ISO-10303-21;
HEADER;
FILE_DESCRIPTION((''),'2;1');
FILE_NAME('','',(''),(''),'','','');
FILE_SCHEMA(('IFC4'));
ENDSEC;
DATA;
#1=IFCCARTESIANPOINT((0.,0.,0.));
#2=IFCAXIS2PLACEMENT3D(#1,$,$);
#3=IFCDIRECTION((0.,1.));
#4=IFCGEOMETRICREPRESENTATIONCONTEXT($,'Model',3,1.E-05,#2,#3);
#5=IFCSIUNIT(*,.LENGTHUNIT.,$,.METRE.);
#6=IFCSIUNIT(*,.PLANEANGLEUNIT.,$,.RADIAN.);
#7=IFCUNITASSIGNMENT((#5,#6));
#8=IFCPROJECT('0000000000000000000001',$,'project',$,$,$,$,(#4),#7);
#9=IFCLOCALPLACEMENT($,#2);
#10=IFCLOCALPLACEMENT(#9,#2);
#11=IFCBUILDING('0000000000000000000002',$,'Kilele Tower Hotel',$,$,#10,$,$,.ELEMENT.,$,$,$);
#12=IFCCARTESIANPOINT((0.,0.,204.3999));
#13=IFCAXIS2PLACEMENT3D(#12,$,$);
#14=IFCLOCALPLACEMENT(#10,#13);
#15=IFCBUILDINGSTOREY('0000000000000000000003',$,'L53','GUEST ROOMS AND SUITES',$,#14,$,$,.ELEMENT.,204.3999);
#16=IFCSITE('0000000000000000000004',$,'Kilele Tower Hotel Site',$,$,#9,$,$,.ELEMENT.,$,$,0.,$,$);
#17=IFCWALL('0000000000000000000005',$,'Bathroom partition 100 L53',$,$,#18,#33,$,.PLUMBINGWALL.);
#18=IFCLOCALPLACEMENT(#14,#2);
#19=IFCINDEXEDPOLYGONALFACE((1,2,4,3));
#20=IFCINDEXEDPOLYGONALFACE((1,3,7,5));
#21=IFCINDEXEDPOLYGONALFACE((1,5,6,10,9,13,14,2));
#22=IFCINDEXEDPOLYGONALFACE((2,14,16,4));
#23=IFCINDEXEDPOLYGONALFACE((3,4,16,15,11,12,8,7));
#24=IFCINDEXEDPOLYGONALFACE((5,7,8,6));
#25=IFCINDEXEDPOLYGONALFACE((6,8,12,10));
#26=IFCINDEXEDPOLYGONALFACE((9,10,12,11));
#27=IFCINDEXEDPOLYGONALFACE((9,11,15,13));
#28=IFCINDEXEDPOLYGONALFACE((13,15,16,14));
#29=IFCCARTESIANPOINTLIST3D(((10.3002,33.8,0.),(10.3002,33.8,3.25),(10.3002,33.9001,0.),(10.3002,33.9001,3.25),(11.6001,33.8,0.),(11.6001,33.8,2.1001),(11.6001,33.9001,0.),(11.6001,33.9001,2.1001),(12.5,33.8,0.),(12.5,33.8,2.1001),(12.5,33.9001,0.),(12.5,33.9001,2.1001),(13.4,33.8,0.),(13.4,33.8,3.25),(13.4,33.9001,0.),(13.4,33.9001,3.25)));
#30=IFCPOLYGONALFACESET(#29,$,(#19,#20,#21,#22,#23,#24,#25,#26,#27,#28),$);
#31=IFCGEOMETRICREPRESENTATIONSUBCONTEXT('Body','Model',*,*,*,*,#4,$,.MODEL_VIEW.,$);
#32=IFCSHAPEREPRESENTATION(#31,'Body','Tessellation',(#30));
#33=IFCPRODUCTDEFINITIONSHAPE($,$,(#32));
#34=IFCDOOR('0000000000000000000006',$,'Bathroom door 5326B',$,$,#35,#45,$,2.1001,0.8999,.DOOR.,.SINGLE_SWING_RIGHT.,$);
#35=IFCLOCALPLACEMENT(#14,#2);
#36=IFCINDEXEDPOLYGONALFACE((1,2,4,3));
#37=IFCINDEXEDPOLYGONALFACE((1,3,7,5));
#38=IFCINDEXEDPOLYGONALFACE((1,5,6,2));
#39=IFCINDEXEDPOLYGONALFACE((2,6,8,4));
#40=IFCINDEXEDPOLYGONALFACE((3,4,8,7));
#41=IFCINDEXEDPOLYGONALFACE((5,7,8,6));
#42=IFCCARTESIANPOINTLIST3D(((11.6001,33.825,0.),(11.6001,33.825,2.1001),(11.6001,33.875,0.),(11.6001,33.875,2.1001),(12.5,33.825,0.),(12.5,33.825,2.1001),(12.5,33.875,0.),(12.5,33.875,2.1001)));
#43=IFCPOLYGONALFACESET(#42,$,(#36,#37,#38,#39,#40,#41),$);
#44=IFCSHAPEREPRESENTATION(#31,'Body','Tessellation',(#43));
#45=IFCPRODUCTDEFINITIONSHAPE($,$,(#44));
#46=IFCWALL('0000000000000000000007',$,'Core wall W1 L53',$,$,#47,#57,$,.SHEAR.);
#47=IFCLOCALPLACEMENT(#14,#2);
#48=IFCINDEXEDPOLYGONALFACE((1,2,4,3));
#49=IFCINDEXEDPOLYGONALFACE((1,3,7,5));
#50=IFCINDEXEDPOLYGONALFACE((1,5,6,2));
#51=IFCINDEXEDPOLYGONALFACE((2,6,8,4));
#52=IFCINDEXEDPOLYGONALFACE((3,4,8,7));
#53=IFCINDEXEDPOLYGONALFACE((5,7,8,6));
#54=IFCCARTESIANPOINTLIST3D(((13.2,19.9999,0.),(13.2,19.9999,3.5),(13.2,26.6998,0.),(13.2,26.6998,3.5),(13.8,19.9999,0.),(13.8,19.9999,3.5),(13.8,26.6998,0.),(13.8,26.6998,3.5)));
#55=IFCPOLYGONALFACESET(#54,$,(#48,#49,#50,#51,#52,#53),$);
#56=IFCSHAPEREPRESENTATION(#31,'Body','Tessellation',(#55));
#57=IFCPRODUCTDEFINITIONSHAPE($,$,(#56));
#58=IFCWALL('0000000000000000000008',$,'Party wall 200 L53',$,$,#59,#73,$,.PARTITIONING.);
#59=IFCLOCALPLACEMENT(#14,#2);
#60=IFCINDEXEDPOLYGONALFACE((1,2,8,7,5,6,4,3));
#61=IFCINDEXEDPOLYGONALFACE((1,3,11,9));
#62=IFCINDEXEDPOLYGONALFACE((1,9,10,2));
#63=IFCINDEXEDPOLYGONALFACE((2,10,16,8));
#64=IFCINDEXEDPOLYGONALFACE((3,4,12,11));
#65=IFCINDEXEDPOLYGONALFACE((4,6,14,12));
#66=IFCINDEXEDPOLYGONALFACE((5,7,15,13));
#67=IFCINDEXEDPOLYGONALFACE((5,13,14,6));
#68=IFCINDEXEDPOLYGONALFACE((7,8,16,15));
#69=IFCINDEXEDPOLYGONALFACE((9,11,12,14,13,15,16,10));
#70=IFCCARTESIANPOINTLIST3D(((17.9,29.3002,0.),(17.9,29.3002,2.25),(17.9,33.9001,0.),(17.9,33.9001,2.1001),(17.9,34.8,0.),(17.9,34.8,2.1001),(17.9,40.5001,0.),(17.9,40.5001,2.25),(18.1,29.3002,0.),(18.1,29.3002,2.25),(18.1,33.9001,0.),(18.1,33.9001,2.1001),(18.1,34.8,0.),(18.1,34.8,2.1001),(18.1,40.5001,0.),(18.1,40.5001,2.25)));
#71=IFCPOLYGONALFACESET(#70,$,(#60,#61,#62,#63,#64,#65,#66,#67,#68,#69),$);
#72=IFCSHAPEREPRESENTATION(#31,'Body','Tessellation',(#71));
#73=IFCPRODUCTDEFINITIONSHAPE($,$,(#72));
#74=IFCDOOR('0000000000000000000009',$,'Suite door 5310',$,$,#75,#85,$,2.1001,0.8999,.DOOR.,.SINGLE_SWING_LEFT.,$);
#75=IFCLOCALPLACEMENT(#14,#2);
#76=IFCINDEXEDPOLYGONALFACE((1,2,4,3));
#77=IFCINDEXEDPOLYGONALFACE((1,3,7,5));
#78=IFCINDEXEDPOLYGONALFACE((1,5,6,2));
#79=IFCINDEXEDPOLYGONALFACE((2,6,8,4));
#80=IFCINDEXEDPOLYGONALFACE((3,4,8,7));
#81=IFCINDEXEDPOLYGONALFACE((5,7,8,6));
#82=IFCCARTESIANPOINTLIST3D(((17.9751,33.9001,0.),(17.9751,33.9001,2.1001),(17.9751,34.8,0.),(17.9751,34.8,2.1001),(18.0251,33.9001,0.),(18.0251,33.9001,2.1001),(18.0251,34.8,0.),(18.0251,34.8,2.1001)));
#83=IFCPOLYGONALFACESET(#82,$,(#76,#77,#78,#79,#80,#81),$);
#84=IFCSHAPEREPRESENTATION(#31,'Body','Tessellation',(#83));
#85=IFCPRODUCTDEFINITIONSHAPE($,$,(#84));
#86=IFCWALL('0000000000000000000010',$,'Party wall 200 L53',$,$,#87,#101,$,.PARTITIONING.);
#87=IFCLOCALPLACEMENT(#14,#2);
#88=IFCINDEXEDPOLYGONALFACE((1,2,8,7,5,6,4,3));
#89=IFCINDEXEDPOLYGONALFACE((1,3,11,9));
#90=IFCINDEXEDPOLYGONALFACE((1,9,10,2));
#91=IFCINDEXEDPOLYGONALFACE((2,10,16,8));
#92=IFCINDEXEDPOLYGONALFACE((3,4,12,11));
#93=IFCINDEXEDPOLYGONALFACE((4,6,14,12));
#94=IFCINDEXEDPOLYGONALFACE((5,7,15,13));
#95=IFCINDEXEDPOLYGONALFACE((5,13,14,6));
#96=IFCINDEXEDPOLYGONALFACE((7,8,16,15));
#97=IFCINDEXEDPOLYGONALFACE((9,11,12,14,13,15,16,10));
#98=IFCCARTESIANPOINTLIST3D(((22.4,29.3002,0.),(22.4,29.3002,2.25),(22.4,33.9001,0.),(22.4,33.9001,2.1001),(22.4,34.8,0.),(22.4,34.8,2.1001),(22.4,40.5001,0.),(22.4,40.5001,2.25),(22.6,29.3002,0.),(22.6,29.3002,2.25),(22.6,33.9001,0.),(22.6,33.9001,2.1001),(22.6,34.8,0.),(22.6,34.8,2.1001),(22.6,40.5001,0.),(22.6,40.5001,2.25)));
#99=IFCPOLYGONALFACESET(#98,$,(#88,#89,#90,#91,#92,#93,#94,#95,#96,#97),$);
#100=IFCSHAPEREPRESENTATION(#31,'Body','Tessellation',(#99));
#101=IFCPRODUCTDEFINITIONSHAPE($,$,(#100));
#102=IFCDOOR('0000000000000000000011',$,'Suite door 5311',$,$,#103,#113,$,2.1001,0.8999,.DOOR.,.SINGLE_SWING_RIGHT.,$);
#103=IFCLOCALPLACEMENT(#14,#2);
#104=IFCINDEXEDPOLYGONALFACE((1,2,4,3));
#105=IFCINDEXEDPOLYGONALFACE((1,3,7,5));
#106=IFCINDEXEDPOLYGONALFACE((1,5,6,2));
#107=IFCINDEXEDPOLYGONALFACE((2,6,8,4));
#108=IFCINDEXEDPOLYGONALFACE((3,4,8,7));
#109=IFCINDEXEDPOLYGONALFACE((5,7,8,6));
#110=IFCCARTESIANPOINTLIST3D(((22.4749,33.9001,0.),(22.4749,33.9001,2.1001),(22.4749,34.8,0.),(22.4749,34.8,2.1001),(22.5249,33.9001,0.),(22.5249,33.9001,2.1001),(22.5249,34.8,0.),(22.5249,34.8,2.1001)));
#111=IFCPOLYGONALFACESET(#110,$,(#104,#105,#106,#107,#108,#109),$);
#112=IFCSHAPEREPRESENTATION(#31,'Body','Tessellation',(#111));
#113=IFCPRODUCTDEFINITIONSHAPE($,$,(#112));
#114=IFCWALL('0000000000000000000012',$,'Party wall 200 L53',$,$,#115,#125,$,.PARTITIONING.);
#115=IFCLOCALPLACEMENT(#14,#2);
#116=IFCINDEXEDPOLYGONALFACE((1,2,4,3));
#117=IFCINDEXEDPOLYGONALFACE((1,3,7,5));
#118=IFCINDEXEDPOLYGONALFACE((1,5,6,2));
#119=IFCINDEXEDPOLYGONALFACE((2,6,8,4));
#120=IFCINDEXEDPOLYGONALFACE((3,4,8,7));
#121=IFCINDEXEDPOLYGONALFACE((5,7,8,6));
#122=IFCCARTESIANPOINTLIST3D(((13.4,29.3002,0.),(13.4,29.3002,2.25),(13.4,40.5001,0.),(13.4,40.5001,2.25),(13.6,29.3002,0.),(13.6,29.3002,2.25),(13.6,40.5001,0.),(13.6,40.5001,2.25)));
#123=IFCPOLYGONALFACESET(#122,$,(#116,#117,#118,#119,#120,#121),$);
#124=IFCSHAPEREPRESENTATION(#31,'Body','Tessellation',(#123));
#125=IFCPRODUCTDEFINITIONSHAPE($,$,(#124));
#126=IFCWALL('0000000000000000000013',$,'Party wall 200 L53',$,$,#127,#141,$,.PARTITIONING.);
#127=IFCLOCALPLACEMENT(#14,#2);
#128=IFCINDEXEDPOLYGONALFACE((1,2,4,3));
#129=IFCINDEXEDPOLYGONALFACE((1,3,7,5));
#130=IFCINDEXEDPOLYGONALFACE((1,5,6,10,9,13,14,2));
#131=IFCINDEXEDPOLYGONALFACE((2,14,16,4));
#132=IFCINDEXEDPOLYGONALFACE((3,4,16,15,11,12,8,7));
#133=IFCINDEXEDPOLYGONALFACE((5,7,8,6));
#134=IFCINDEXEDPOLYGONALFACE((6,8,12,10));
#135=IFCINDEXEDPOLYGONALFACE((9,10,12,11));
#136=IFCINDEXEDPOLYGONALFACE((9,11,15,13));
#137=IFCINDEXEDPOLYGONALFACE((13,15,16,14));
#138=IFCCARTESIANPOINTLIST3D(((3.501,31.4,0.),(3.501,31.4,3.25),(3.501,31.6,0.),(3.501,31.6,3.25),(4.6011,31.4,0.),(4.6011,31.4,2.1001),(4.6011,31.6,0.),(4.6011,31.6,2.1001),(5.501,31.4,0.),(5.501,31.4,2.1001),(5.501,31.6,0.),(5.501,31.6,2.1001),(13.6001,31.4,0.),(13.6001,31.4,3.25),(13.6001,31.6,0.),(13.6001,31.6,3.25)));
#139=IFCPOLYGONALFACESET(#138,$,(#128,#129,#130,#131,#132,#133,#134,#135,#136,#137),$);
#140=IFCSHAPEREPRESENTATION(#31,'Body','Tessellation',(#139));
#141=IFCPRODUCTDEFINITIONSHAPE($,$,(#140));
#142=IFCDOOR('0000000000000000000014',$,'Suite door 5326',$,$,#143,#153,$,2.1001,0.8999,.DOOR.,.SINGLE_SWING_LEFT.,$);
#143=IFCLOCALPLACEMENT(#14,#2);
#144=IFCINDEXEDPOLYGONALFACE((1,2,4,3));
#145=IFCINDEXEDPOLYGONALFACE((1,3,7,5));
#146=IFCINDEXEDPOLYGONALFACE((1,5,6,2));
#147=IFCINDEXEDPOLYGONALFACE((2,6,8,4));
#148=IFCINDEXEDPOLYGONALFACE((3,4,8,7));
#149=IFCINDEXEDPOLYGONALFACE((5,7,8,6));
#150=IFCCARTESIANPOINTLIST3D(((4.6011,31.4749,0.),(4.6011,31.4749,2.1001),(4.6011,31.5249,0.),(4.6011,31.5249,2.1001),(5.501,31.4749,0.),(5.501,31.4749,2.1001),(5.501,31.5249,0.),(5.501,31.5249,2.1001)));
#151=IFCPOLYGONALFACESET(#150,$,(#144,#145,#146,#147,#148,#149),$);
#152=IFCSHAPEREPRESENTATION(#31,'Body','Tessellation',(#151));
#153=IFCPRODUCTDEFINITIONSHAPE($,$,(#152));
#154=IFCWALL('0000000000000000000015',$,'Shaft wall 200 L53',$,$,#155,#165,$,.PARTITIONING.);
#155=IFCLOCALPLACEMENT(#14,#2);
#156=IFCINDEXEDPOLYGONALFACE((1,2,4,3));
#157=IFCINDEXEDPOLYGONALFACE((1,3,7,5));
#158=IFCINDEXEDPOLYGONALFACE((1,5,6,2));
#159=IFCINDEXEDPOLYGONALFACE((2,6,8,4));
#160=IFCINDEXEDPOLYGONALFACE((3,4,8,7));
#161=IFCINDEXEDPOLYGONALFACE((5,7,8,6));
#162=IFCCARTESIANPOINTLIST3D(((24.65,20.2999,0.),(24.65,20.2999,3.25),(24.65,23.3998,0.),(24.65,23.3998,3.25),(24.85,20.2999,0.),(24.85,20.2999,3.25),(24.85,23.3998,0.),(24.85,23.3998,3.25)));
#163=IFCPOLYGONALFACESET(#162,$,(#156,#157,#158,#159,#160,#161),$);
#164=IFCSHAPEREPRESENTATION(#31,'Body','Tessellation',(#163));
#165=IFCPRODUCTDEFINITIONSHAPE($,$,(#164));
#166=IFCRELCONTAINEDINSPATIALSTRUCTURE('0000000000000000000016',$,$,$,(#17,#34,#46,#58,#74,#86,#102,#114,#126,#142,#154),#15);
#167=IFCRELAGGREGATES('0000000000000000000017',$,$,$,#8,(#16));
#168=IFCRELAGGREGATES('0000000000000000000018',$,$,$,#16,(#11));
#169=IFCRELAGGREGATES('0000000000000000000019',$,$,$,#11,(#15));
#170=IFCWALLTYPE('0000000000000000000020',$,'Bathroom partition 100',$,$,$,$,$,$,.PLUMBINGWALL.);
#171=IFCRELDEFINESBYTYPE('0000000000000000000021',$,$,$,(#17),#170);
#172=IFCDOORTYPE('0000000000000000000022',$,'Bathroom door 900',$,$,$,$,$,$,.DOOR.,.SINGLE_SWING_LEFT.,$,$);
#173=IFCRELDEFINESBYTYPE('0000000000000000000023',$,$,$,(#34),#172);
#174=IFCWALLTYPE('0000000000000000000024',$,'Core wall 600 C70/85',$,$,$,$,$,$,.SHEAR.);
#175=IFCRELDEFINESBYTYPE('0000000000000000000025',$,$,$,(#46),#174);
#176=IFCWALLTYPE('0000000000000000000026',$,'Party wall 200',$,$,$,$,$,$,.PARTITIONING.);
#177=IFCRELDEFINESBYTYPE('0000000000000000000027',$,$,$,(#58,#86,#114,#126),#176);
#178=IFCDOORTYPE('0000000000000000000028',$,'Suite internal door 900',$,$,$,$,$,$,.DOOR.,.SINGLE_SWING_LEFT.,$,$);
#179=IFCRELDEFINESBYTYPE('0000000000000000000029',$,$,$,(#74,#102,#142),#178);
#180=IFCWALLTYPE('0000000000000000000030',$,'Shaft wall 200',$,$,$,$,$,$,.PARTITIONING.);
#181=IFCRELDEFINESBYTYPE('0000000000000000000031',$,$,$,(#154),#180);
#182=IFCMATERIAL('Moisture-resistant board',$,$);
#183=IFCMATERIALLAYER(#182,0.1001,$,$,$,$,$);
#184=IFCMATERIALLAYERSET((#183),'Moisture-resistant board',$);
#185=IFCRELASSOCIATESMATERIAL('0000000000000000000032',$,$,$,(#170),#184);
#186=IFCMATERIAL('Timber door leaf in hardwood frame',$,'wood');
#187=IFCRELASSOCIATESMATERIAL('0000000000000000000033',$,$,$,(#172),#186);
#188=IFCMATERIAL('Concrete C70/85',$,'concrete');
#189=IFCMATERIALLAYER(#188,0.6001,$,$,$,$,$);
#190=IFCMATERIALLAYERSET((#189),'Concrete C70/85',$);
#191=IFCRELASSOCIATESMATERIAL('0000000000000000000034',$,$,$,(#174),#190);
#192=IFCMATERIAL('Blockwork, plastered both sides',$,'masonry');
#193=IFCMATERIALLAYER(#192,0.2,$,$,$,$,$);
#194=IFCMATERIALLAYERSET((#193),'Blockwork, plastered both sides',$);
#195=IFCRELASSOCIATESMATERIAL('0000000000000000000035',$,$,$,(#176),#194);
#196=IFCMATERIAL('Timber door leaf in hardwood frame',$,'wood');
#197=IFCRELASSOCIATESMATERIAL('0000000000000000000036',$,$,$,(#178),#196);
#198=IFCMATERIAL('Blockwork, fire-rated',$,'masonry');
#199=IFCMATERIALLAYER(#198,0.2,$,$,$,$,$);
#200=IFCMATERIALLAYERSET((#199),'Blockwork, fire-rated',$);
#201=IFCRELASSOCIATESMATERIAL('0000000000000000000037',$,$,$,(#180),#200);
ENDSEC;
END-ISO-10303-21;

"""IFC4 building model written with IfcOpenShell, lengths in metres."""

from ifc_helpers import new_model, si_unit, direction, frame, frame_2d, origin, place, context, subcontext, project, spatial, rectangle, extrude, material, layer, layer_set, type_object, element, fill, save


model = new_model("IFC4")

# Units and contexts
model_context = context("Model", 3, precision=1e-05, world=origin(), true_north=direction((0.0, 1.0)))
body_context = subcontext(model_context, "Body", "Model", "MODEL_VIEW")
ifc_project = project(units=[si_unit("LENGTHUNIT", "METRE"), si_unit("PLANEANGLEUNIT", "RADIAN")], contexts=[model_context])

# Site, building, storey
site_placement = place(None, origin())
site = spatial("IfcSite", under=ifc_project, at=site_placement, Name="Kilele Tower Hotel Site", CompositionType="ELEMENT", RefElevation=0.0)
building_placement = place(site_placement, origin())
building = spatial("IfcBuilding", under=site, at=building_placement, Name="Kilele Tower Hotel", CompositionType="ELEMENT")
storey_placement = place(building_placement, frame((0.0, 0.0, 204.3999)))
storey = spatial("IfcBuildingStorey", under=building, at=storey_placement, Name="L53", Description="GUEST ROOMS AND SUITES", CompositionType="ELEMENT", Elevation=204.3999)

# Shared definitions
ifc_material_1 = material(Name="Moisture-resistant board")
ifc_layer_1 = layer(ifc_material_1, 0.1001)
ifc_layer_set_1 = layer_set([ifc_layer_1], Name="Moisture-resistant board")
wall_type_1 = type_object("IfcWallType", Name="Bathroom partition 100", PredefinedType="PLUMBINGWALL", material=ifc_layer_set_1)

# Shared definitions
ifc_material_2 = material(Name="Timber door leaf in hardwood frame", Category="wood")
door_type_1 = type_object("IfcDoorType", Name="Bathroom door 900", OperationType="SINGLE_SWING_LEFT", PredefinedType="DOOR", material=ifc_material_2)

# Wall, opening, door
wall_1_placement = place(storey_placement, frame((13.3999, 33.8501, 0.0), z_axis=(0.0, 0.0, 1.0), x_axis=(-1.0, 0.0, 0.0)))
wall_1 = element("IfcWall", 1, at=wall_1_placement, inside=storey, type_object=wall_type_1, Name="Bathroom partition 100 L53", PredefinedType="PLUMBINGWALL", context=body_context, shape_type="SweptSolid", body=[
    extrude(rectangle(XDim=3.0999, YDim=0.1001, at=frame_2d((1.5498, 0.0))), origin(), (0.0, 0.0, 1.0), 3.25),
])
opening_1_placement = place(wall_1_placement, frame((1.7998, 0.0, 0.0), z_axis=(0.0, 0.0, 1.0), x_axis=(-1.0, 0.0, 0.0)))
opening_1 = element("IfcOpeningElement", 2, at=opening_1_placement, cuts=wall_1, PredefinedType="OPENING", context=body_context, shape_type="SweptSolid", body=[
    extrude(rectangle(XDim=0.8999, YDim=2.1001, at=frame_2d((0.45, 1.05))), frame((0.0, 0.0601, 0.0), z_axis=(0.0, -1.0, 0.0), x_axis=(1.0, 0.0, 0.0)), (0.0, 0.0, 1.0), 0.1201),
])
door_1_placement = place(opening_1_placement, origin())
door_1 = element("IfcDoor", 3, at=door_1_placement, inside=storey, type_object=door_type_1, Name="Bathroom door 5326B", OperationType="SINGLE_SWING_RIGHT", OverallHeight=2.1001, OverallWidth=0.8999, PredefinedType="DOOR", context=body_context, shape_type="SweptSolid", body=[
    extrude(rectangle(XDim=0.8999, YDim=2.1001, at=frame_2d((0.45, 1.05))), frame((0.0, 0.0249, 0.0), z_axis=(0.0, -1.0, 0.0), x_axis=(1.0, 0.0, 0.0)), (0.0, 0.0, 1.0), 0.05),
])
fill(opening_1, door_1)

# Wall
ifc_material_3 = material(Name="Concrete C70/85", Category="concrete")
ifc_layer_2 = layer(ifc_material_3, 0.6001)
ifc_layer_set_2 = layer_set([ifc_layer_2], Name="Concrete C70/85")
wall_type_2 = type_object("IfcWallType", Name="Core wall 600 C70/85", PredefinedType="SHEAR", material=ifc_layer_set_2)
wall_2_placement = place(storey_placement, frame((13.5, 26.7, 0.0), z_axis=(0.0, 0.0, 1.0), x_axis=(0.0, -1.0, 0.0)))
element("IfcWall", 4, at=wall_2_placement, inside=storey, type_object=wall_type_2, Name="Core wall W1 L53", PredefinedType="SHEAR", context=body_context, shape_type="SweptSolid", body=[
    extrude(rectangle(XDim=6.7, YDim=0.6001, at=frame_2d((3.3501, 0.0))), origin(), (0.0, 0.0, 1.0), 3.5),
])

# Walls, openings, doors
ifc_material_4 = material(Name="Blockwork, plastered both sides", Category="masonry")
ifc_layer_3 = layer(ifc_material_4, 0.2)
ifc_layer_set_3 = layer_set([ifc_layer_3], Name="Blockwork, plastered both sides")
wall_type_3 = type_object("IfcWallType", Name="Party wall 200", PredefinedType="PARTITIONING", material=ifc_layer_set_3)
wall_3_placement = place(storey_placement, frame((18.0, 29.3, 0.0), z_axis=(0.0, 0.0, 1.0), x_axis=(0.0, 1.0, 0.0)))
wall_3 = element("IfcWall", 5, at=wall_3_placement, inside=storey, type_object=wall_type_3, Name="Party wall 200 L53", PredefinedType="PARTITIONING", context=body_context, shape_type="SweptSolid", body=[
    extrude(rectangle(XDim=11.2, YDim=0.2, at=frame_2d((5.6001, 0.0))), origin(), (0.0, 0.0, 1.0), 2.25),
])
opening_2_placement = place(wall_3_placement, frame((4.6001, 0.0, 0.0)))
opening_2 = element("IfcOpeningElement", 6, at=opening_2_placement, cuts=wall_3, PredefinedType="OPENING", context=body_context, shape_type="SweptSolid", body=[
    extrude(rectangle(XDim=0.8999, YDim=2.1001, at=frame_2d((0.45, 1.05))), frame((0.0, 0.1099, 0.0), z_axis=(0.0, -1.0, 0.0), x_axis=(1.0, 0.0, 0.0)), (0.0, 0.0, 1.0), 0.22),
])
ifc_material_5 = material(Name="Timber door leaf in hardwood frame", Category="wood")
door_type_2 = type_object("IfcDoorType", Name="Suite internal door 900", OperationType="SINGLE_SWING_LEFT", PredefinedType="DOOR", material=ifc_material_5)
door_2_placement = place(opening_2_placement, origin())
door_2 = element("IfcDoor", 7, at=door_2_placement, inside=storey, type_object=door_type_2, Name="Suite door 5310", OperationType="SINGLE_SWING_LEFT", OverallHeight=2.1001, OverallWidth=0.8999, PredefinedType="DOOR", context=body_context, shape_type="SweptSolid", body=[
    extrude(rectangle(XDim=0.8999, YDim=2.1001, at=frame_2d((0.45, 1.05))), frame((0.0, 0.0249, 0.0), z_axis=(0.0, -1.0, 0.0), x_axis=(1.0, 0.0, 0.0)), (0.0, 0.0, 1.0), 0.05),
])
fill(opening_2, door_2)
wall_4_placement = place(storey_placement, frame((22.5, 29.3, 0.0), z_axis=(0.0, 0.0, 1.0), x_axis=(0.0, 1.0, 0.0)))
wall_4 = element("IfcWall", 8, at=wall_4_placement, inside=storey, type_object=wall_type_3, Name="Party wall 200 L53", PredefinedType="PARTITIONING", context=body_context, shape_type="SweptSolid", body=[
    extrude(rectangle(XDim=11.2, YDim=0.2, at=frame_2d((5.6001, 0.0))), origin(), (0.0, 0.0, 1.0), 2.25),
])
opening_3_placement = place(wall_4_placement, frame((5.5, 0.0, 0.0), z_axis=(0.0, 0.0, 1.0), x_axis=(-1.0, 0.0, 0.0)))
opening_3 = element("IfcOpeningElement", 9, at=opening_3_placement, cuts=wall_4, PredefinedType="OPENING", context=body_context, shape_type="SweptSolid", body=[
    extrude(rectangle(XDim=0.8999, YDim=2.1001, at=frame_2d((0.45, 1.05))), frame((0.0, 0.1099, 0.0), z_axis=(0.0, -1.0, 0.0), x_axis=(1.0, 0.0, 0.0)), (0.0, 0.0, 1.0), 0.22),
])
door_3_placement = place(opening_3_placement, origin())
door_3 = element("IfcDoor", 10, at=door_3_placement, inside=storey, type_object=door_type_2, Name="Suite door 5311", OperationType="SINGLE_SWING_RIGHT", OverallHeight=2.1001, OverallWidth=0.8999, PredefinedType="DOOR", context=body_context, shape_type="SweptSolid", body=[
    extrude(rectangle(XDim=0.8999, YDim=2.1001, at=frame_2d((0.45, 1.05))), frame((0.0, 0.0249, 0.0), z_axis=(0.0, -1.0, 0.0), x_axis=(1.0, 0.0, 0.0)), (0.0, 0.0, 1.0), 0.05),
])
fill(opening_3, door_3)

# Wall
wall_5_placement = place(storey_placement, frame((13.5, 29.3, 0.0), z_axis=(0.0, 0.0, 1.0), x_axis=(0.0, 1.0, 0.0)))
element("IfcWall", 11, at=wall_5_placement, inside=storey, type_object=wall_type_3, Name="Party wall 200 L53", PredefinedType="PARTITIONING", context=body_context, shape_type="SweptSolid", body=[
    extrude(rectangle(XDim=11.2, YDim=0.2, at=frame_2d((5.6001, 0.0))), origin(), (0.0, 0.0, 1.0), 2.25),
])

# Wall, opening, door
wall_6_placement = place(storey_placement, frame((13.6001, 31.5, 0.0), z_axis=(0.0, 0.0, 1.0), x_axis=(-1.0, 0.0, 0.0)))
wall_6 = element("IfcWall", 12, at=wall_6_placement, inside=storey, type_object=wall_type_3, Name="Party wall 200 L53", PredefinedType="PARTITIONING", context=body_context, shape_type="SweptSolid", body=[
    extrude(rectangle(XDim=10.0991, YDim=0.2, at=frame_2d((5.0496, 0.0))), origin(), (0.0, 0.0, 1.0), 3.25),
])
opening_4_placement = place(wall_6_placement, frame((8.999, 0.0, 0.0), z_axis=(0.0, 0.0, 1.0), x_axis=(-1.0, 0.0, 0.0)))
opening_4 = element("IfcOpeningElement", 13, at=opening_4_placement, cuts=wall_6, PredefinedType="OPENING", context=body_context, shape_type="SweptSolid", body=[
    extrude(rectangle(XDim=0.8999, YDim=2.1001, at=frame_2d((0.45, 1.05))), frame((0.0, 0.1099, 0.0), z_axis=(0.0, -1.0, 0.0), x_axis=(1.0, 0.0, 0.0)), (0.0, 0.0, 1.0), 0.22),
])
door_4_placement = place(opening_4_placement, origin())
door_4 = element("IfcDoor", 14, at=door_4_placement, inside=storey, type_object=door_type_2, Name="Suite door 5326", OperationType="SINGLE_SWING_LEFT", OverallHeight=2.1001, OverallWidth=0.8999, PredefinedType="DOOR", context=body_context, shape_type="SweptSolid", body=[
    extrude(rectangle(XDim=0.8999, YDim=2.1001, at=frame_2d((0.45, 1.05))), frame((0.0, 0.0249, 0.0), z_axis=(0.0, -1.0, 0.0), x_axis=(1.0, 0.0, 0.0)), (0.0, 0.0, 1.0), 0.05),
])
fill(opening_4, door_4)

# Wall
ifc_material_6 = material(Name="Blockwork, fire-rated", Category="masonry")
ifc_layer_4 = layer(ifc_material_6, 0.2)
ifc_layer_set_4 = layer_set([ifc_layer_4], Name="Blockwork, fire-rated")
wall_type_4 = type_object("IfcWallType", Name="Shaft wall 200", PredefinedType="PARTITIONING", material=ifc_layer_set_4)
wall_7_placement = place(storey_placement, frame((24.75, 20.3, 0.0), z_axis=(0.0, 0.0, 1.0), x_axis=(0.0, 1.0, 0.0)))
element("IfcWall", 15, at=wall_7_placement, inside=storey, type_object=wall_type_4, Name="Shaft wall 200 L53", PredefinedType="PARTITIONING", context=body_context, shape_type="SweptSolid", body=[
    extrude(rectangle(XDim=3.0999, YDim=0.2, at=frame_2d((1.5498, 0.0))), origin(), (0.0, 0.0, 1.0), 3.25),
])

save(model, "model.ifc")
